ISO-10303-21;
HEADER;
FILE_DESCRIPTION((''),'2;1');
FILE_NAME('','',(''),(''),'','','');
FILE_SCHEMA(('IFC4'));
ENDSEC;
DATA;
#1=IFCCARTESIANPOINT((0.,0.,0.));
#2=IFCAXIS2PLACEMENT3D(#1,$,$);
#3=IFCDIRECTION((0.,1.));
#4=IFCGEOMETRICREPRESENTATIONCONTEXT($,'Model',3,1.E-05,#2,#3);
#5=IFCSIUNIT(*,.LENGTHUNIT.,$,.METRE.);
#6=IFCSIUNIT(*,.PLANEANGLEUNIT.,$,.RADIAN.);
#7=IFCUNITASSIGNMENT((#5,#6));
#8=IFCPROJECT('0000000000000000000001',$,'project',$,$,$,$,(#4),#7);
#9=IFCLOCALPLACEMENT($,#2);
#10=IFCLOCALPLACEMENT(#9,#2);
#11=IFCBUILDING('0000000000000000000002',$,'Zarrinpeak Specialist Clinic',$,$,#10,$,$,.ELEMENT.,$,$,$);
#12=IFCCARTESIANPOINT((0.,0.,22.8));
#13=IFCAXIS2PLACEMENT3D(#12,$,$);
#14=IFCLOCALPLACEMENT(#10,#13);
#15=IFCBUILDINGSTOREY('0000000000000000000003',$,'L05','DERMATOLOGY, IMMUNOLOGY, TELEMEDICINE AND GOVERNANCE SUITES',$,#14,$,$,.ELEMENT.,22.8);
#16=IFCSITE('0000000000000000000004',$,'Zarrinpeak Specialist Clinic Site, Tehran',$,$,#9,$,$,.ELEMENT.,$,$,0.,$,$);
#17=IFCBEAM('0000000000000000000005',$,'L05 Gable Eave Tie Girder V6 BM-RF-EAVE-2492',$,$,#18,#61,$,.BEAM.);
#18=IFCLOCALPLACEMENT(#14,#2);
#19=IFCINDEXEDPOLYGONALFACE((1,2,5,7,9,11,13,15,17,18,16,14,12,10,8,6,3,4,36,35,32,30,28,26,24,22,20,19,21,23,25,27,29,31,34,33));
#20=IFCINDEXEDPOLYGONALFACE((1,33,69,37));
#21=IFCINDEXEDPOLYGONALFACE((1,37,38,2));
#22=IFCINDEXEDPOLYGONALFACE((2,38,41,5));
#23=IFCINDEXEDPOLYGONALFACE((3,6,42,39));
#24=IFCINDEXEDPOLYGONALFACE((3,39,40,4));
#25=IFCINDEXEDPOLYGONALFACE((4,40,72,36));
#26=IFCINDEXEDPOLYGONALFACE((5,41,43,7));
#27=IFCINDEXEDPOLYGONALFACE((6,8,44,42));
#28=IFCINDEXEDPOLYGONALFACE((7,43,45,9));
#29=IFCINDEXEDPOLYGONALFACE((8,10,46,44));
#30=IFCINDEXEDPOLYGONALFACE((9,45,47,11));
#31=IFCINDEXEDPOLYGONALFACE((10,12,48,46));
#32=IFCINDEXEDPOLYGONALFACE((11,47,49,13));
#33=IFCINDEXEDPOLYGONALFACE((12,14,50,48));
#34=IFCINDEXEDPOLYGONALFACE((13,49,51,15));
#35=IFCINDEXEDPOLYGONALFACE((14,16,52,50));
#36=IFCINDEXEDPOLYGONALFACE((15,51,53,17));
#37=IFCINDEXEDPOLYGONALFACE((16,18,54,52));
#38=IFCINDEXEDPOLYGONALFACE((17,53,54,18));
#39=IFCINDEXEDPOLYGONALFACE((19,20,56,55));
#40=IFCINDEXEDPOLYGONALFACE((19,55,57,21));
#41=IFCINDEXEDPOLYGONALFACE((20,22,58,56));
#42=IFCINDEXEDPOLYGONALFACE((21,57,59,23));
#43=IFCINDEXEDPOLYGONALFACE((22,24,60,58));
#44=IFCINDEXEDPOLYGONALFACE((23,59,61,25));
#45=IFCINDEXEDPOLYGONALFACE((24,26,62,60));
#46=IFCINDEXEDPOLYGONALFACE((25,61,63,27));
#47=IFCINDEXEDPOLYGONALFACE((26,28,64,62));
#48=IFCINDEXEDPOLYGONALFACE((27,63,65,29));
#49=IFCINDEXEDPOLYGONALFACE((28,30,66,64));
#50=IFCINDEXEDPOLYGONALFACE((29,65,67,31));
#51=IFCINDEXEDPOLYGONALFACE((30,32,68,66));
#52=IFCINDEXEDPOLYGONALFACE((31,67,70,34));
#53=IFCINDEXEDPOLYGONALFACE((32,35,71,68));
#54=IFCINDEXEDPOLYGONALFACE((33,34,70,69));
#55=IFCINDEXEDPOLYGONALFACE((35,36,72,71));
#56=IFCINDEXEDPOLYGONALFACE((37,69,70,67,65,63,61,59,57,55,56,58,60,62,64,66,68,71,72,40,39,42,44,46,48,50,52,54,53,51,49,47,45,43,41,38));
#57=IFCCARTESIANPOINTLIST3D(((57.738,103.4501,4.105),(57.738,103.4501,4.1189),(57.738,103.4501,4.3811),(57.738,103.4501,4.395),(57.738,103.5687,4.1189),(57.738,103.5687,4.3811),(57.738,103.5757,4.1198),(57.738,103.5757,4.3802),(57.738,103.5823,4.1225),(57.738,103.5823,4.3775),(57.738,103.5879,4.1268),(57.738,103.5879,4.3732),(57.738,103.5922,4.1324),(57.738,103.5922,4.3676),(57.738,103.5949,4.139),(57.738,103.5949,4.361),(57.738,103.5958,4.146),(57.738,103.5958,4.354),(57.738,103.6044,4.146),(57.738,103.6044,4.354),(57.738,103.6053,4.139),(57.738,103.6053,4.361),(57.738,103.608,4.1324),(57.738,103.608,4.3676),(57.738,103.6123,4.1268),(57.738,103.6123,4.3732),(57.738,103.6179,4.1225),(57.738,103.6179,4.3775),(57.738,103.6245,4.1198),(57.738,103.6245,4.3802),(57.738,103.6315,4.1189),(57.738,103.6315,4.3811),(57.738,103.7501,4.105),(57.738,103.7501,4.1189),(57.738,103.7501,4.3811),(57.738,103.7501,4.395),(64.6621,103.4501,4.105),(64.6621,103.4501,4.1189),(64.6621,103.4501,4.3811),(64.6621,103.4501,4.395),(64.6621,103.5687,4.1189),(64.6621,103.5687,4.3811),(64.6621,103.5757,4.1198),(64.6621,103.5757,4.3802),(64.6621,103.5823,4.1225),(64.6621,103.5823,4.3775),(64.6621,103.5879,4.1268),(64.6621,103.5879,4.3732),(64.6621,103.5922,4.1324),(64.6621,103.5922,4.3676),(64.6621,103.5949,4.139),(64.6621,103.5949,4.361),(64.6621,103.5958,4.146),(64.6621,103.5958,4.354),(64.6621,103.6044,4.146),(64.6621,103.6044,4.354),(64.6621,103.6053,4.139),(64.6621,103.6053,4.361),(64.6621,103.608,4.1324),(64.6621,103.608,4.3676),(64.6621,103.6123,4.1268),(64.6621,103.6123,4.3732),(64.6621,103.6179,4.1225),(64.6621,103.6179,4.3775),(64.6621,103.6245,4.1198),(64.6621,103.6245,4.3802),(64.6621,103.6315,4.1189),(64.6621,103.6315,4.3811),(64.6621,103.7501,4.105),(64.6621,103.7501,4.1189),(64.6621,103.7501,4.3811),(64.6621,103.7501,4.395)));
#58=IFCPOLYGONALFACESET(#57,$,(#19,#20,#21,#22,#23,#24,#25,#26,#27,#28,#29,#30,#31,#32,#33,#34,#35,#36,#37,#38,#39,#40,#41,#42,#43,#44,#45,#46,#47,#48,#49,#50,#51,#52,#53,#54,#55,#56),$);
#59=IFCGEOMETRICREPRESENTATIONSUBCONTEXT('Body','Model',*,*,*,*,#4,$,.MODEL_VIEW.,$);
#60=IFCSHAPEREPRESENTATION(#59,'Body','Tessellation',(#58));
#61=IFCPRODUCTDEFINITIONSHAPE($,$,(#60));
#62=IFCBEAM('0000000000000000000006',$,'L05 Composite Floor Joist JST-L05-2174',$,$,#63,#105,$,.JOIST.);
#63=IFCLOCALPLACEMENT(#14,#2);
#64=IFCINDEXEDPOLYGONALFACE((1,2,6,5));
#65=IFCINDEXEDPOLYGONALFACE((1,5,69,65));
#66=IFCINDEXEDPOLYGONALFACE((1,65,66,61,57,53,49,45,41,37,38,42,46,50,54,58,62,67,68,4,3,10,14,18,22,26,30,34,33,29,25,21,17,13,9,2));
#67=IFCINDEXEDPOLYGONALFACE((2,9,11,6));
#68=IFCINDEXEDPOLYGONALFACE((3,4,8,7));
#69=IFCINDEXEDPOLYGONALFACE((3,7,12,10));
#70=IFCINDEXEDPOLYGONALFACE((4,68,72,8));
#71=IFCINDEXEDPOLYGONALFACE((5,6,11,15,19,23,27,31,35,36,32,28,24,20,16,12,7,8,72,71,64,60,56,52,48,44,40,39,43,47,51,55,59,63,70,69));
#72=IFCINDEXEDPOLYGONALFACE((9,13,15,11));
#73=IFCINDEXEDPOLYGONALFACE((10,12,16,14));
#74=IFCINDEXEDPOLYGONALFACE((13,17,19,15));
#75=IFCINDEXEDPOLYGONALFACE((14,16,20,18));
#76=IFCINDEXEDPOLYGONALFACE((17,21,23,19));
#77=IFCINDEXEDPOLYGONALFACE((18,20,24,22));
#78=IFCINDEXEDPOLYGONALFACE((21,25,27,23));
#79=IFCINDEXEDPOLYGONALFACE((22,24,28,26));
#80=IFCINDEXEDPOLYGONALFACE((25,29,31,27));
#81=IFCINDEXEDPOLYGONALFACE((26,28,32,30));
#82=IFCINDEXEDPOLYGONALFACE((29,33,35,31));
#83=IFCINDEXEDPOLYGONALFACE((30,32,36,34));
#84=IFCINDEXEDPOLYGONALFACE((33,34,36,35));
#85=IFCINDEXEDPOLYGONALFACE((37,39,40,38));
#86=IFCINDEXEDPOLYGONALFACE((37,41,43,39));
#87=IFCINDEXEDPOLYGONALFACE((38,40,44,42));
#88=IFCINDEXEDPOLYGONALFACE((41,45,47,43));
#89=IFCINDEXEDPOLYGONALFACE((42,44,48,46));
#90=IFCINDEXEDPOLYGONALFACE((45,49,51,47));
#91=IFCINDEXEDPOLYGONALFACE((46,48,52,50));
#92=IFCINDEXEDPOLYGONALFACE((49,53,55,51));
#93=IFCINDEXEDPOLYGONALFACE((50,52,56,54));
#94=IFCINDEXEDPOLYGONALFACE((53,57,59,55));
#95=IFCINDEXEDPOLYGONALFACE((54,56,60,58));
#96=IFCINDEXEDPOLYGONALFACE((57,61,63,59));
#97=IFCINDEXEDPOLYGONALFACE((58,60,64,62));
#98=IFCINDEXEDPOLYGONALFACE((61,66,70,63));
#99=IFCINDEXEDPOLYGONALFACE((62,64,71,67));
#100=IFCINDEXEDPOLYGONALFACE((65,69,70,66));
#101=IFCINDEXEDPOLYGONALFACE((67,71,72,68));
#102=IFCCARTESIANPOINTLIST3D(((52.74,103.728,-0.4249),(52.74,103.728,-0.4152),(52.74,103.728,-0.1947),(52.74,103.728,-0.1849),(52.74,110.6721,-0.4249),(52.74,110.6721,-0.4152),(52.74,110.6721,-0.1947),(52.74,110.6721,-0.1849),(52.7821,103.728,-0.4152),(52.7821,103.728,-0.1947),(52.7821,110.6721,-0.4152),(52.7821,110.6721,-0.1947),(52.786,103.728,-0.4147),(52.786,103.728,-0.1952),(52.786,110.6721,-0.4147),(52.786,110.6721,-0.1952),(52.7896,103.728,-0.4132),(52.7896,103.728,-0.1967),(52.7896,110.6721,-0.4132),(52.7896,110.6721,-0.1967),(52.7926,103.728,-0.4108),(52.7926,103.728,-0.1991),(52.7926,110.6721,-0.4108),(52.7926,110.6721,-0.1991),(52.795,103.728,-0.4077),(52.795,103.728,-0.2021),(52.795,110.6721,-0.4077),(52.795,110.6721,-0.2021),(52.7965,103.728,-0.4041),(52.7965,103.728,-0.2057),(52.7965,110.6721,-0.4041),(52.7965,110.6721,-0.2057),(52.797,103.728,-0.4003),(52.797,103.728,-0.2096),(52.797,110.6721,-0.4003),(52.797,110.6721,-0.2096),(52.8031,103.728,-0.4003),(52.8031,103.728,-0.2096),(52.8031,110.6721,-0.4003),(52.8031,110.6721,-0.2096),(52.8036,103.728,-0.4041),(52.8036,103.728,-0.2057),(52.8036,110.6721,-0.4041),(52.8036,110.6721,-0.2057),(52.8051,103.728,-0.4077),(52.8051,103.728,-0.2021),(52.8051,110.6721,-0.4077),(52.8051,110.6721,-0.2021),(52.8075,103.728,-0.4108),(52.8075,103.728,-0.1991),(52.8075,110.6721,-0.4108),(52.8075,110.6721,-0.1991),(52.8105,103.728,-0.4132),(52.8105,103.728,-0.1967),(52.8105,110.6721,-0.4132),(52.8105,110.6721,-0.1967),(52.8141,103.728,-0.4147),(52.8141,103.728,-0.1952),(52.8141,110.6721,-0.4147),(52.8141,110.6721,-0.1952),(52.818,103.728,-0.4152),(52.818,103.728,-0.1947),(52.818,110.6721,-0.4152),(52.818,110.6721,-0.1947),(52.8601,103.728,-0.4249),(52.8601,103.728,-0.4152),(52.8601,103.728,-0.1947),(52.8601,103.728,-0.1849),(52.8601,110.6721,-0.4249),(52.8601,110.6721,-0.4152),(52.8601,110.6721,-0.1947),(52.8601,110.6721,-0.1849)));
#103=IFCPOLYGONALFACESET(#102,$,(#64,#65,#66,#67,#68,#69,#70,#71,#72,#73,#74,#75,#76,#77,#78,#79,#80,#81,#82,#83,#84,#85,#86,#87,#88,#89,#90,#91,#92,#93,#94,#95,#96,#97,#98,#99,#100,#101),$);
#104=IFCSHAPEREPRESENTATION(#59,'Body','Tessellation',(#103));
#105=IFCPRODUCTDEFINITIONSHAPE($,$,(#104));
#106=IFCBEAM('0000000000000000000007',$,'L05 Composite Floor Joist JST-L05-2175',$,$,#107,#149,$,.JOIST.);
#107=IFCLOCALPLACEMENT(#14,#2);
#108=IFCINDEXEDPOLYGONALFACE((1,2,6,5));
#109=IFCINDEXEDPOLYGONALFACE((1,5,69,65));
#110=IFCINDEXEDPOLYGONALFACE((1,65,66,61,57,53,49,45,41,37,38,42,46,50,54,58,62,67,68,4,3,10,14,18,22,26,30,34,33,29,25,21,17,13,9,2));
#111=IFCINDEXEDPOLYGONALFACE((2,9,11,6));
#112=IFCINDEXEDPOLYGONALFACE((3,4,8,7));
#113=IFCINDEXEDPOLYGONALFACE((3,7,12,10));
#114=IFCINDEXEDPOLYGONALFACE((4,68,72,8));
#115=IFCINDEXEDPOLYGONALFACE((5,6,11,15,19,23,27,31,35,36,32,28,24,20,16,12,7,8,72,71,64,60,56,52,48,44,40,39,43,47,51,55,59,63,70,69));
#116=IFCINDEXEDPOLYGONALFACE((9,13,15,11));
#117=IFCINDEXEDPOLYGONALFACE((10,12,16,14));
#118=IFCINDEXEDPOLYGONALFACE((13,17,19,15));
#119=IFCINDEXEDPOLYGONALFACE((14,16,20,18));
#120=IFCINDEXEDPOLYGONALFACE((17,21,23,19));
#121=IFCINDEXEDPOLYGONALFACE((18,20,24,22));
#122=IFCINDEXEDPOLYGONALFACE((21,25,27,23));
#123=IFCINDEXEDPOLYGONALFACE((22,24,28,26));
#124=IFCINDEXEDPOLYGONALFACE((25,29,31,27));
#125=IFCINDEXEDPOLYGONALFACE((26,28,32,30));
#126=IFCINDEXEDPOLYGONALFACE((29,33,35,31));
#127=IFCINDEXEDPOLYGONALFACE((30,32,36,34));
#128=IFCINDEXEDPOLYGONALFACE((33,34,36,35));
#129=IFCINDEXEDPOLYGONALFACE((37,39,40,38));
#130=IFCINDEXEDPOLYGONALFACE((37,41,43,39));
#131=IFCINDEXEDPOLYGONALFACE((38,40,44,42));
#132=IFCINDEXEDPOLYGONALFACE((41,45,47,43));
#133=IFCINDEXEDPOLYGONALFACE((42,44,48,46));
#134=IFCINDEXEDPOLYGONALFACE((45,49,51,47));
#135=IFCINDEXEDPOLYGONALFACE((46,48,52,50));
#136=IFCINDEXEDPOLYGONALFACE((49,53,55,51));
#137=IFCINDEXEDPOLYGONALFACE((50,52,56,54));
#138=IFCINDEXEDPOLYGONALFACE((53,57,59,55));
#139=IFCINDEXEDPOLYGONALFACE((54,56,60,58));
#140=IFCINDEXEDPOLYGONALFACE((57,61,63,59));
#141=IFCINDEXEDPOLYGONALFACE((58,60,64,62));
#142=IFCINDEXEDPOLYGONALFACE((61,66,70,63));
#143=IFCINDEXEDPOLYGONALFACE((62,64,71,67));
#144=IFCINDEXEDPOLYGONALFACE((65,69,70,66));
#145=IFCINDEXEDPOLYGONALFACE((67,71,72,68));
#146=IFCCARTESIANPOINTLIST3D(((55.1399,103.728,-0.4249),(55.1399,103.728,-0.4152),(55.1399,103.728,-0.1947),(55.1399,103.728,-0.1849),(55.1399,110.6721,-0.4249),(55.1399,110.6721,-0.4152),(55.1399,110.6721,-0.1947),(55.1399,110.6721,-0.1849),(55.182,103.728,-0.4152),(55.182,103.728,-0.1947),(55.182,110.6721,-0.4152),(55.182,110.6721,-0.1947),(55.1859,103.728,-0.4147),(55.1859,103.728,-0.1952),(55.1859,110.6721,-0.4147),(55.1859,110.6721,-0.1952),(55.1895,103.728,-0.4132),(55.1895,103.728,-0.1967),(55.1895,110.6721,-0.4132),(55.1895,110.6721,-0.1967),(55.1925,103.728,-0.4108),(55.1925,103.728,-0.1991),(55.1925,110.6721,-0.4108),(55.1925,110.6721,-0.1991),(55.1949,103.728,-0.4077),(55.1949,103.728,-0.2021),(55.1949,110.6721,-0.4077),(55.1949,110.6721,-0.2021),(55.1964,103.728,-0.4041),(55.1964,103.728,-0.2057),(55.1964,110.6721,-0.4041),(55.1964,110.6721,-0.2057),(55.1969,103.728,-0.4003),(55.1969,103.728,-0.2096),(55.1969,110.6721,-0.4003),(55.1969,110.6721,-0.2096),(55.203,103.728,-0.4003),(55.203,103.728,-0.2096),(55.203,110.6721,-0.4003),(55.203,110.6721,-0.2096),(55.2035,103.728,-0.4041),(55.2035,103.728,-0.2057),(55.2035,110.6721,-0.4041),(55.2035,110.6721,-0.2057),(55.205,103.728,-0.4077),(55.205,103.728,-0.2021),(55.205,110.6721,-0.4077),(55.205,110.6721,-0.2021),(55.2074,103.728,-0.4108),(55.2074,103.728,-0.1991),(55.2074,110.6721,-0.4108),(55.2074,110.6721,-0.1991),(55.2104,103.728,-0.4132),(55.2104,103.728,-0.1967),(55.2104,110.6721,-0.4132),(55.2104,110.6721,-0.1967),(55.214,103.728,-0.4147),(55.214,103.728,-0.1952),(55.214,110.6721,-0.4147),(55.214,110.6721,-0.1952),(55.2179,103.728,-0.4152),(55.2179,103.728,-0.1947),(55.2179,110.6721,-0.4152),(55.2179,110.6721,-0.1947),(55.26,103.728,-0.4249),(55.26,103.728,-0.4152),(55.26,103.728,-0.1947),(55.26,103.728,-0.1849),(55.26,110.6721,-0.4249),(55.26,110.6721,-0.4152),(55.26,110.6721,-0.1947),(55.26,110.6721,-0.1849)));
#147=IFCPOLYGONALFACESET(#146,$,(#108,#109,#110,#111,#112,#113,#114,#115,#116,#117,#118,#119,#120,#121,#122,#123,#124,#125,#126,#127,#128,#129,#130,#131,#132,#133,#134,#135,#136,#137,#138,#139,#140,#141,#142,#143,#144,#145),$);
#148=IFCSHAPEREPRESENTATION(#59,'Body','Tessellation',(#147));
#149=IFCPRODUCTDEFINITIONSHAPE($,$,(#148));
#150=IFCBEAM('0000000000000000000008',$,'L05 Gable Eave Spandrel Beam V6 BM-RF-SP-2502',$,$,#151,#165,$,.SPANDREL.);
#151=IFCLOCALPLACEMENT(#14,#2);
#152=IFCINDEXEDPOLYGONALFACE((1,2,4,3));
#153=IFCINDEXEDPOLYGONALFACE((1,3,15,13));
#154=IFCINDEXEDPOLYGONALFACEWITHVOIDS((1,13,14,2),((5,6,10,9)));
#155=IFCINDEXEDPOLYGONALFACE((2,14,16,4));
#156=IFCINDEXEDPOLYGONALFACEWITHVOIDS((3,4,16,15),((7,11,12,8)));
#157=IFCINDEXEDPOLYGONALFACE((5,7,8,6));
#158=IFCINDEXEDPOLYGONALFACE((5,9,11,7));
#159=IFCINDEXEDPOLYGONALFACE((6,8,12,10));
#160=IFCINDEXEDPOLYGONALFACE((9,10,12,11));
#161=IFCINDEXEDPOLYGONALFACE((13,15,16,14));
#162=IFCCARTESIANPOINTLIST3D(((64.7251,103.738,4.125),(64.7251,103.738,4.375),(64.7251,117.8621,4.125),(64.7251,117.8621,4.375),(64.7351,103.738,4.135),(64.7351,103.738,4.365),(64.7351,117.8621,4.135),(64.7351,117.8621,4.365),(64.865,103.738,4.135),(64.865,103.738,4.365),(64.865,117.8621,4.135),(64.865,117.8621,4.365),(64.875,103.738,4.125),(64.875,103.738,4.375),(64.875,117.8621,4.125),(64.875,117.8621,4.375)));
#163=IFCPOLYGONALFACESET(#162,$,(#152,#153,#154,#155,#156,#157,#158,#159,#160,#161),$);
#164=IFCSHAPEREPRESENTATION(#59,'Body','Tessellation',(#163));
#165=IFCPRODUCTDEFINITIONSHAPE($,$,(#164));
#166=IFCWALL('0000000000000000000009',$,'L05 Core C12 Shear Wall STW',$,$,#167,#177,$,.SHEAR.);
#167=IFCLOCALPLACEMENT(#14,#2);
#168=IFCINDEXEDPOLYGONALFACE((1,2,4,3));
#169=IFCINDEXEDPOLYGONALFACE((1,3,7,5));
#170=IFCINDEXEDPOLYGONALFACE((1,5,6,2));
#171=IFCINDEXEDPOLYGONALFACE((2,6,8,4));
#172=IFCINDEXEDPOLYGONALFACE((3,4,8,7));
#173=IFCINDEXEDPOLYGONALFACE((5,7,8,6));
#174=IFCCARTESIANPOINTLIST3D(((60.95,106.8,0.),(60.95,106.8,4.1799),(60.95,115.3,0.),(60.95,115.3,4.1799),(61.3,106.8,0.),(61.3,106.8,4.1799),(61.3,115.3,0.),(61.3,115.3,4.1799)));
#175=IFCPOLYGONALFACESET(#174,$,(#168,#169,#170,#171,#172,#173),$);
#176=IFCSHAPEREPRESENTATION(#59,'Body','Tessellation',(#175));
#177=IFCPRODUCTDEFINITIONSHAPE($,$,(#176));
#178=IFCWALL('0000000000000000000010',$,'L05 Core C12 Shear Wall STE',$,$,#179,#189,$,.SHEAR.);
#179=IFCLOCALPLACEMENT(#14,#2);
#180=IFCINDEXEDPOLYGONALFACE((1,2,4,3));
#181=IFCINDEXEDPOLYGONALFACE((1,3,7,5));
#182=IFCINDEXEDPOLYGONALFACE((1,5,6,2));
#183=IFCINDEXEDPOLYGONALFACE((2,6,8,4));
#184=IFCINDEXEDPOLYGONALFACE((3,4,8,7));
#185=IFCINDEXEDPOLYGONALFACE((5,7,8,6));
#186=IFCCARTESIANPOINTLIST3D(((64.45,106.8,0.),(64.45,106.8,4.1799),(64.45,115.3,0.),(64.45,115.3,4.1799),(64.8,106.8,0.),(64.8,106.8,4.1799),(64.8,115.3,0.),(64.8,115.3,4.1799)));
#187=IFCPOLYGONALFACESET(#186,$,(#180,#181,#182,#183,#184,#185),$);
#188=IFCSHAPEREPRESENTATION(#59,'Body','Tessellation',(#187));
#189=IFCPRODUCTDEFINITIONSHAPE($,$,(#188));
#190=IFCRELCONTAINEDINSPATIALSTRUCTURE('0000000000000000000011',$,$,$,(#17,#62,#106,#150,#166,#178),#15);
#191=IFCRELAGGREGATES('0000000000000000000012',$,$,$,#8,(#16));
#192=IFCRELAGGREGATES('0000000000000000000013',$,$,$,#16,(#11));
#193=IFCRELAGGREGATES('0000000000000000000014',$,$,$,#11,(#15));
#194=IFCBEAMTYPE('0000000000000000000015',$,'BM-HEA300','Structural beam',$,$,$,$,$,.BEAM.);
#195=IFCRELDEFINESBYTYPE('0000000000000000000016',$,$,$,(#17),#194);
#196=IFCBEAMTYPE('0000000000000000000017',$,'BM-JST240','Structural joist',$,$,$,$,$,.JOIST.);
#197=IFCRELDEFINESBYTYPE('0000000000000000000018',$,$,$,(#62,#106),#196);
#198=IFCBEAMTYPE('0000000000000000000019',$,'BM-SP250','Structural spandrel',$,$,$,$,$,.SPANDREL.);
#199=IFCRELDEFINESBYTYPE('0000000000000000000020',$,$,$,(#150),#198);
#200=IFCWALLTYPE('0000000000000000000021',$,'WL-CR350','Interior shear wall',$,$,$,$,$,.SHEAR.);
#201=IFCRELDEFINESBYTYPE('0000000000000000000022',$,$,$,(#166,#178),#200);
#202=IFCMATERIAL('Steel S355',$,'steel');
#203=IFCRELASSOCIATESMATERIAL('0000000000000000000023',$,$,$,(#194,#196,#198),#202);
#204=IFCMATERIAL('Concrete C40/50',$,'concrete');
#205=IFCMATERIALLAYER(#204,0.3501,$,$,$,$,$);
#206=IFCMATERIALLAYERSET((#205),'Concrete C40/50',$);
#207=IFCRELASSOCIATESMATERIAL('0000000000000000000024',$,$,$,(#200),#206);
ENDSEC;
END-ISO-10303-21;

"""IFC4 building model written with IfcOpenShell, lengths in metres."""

from ifc_helpers import new_model, si_unit, direction, frame, frame_2d, origin, origin_2d, place, context, subcontext, project, spatial, rectangle, hollow_rectangle, i_section, extrude, material, layer, layer_set, material_profile, profile_set, type_object, element, save


model = new_model("IFC4")

# Units and contexts
model_context = context("Model", 3, precision=1e-05, world=origin(), true_north=direction((0.0, 1.0)))
body_context = subcontext(model_context, "Body", "Model", "MODEL_VIEW")
ifc_project = project(units=[si_unit("LENGTHUNIT", "METRE"), si_unit("PLANEANGLEUNIT", "RADIAN")], contexts=[model_context])

# Site, building, storey
site_placement = place(None, origin())
site = spatial("IfcSite", under=ifc_project, at=site_placement, Name="Zarrinpeak Specialist Clinic Site, Tehran", CompositionType="ELEMENT", RefElevation=0.0)
building_placement = place(site_placement, origin())
building = spatial("IfcBuilding", under=site, at=building_placement, Name="Zarrinpeak Specialist Clinic", CompositionType="ELEMENT")
storey_placement = place(building_placement, frame((0.0, 0.0, 22.8)))
storey = spatial("IfcBuildingStorey", under=building, at=storey_placement, Name="L05", Description="DERMATOLOGY, IMMUNOLOGY, TELEMEDICINE AND GOVERNANCE SUITES", CompositionType="ELEMENT", Elevation=22.8)

# Shared definitions
ifc_material_1 = material(Name="Steel S355", Category="steel")

# Beams
ifc_material_profile_1 = material_profile(ifc_material_1, i_section(OverallWidth=0.3, OverallDepth=0.29, WebThickness=0.0085, FlangeThickness=0.0139, FilletRadius=0.0271, at=origin_2d()), Name="HEA 300")
ifc_profile_set_1 = profile_set([ifc_material_profile_1], Name="Steel S355")
beam_type_1 = type_object("IfcBeamType", Name="BM-HEA300", Description="Structural beam", PredefinedType="BEAM", material=ifc_profile_set_1)
beam_1_placement = place(storey_placement, frame((57.738, 103.6001, 4.25), z_axis=(1.0, 0.0, 0.0), x_axis=(0.0, 1.0, 0.0)))
element("IfcBeam", 1, at=beam_1_placement, inside=storey, type_object=beam_type_1, Name="L05 Gable Eave Tie Girder V6 BM-RF-EAVE-2492", PredefinedType="BEAM", context=body_context, shape_type="SweptSolid", body=[
    extrude(i_section(OverallWidth=0.3, OverallDepth=0.29, WebThickness=0.0085, FlangeThickness=0.0139, FilletRadius=0.0271, at=origin_2d()), origin(), (0.0, 0.0, 1.0), 6.9241),
])
ifc_material_profile_2 = material_profile(ifc_material_1, i_section(OverallWidth=0.1201, OverallDepth=0.24, WebThickness=0.0061, FlangeThickness=0.0098, FilletRadius=0.0149, at=origin_2d()), Name="IPE 240")
ifc_profile_set_2 = profile_set([ifc_material_profile_2], Name="Steel S355")
beam_type_2 = type_object("IfcBeamType", Name="BM-JST240", Description="Structural joist", PredefinedType="JOIST", material=ifc_profile_set_2)
for number, where, z_axis, x_axis, name in (
    (2, (52.8, 103.728, -0.3049), (0.0, 1.0, 0.0), (-1.0, 0.0, 0.0), "L05 Composite Floor Joist JST-L05-2174"),
    (3, (55.2, 103.728, -0.3049), (0.0, 1.0, 0.0), (-1.0, 0.0, 0.0), "L05 Composite Floor Joist JST-L05-2175"),
):
    element("IfcBeam", number, at=place(storey_placement, frame(where, z_axis=z_axis, x_axis=x_axis)), inside=storey, type_object=beam_type_2, Name=name, PredefinedType="JOIST", context=body_context, shape_type="SweptSolid", body=[
        extrude(i_section(OverallWidth=0.1201, OverallDepth=0.24, WebThickness=0.0061, FlangeThickness=0.0098, FilletRadius=0.0149, at=origin_2d()), origin(), (0.0, 0.0, 1.0), 6.9441),
    ])
ifc_material_profile_3 = material_profile(ifc_material_1, hollow_rectangle(XDim=0.1499, YDim=0.25, WallThickness=0.01, at=origin_2d()), Name="RHS 250x150x10.0")
ifc_profile_set_3 = profile_set([ifc_material_profile_3], Name="Steel S355")
beam_type_3 = type_object("IfcBeamType", Name="BM-SP250", Description="Structural spandrel", PredefinedType="SPANDREL", material=ifc_profile_set_3)
beam_2_placement = place(storey_placement, frame((64.8, 103.738, 4.25), z_axis=(0.0, 1.0, 0.0), x_axis=(-1.0, 0.0, 0.0)))
element("IfcBeam", 4, at=beam_2_placement, inside=storey, type_object=beam_type_3, Name="L05 Gable Eave Spandrel Beam V6 BM-RF-SP-2502", PredefinedType="SPANDREL", context=body_context, shape_type="SweptSolid", body=[
    extrude(hollow_rectangle(XDim=0.1499, YDim=0.25, WallThickness=0.01, at=origin_2d()), origin(), (0.0, 0.0, 1.0), 14.124),
])

# Shared definitions
ifc_material_2 = material(Name="Concrete C40/50", Category="concrete")
ifc_layer_1 = layer(ifc_material_2, 0.3501)
ifc_layer_set_1 = layer_set([ifc_layer_1], Name="Concrete C40/50")
wall_type_1 = type_object("IfcWallType", Name="WL-CR350", Description="Interior shear wall", PredefinedType="SHEAR", material=ifc_layer_set_1)

# Walls
for number, where, z_axis, x_axis, name in (
    (5, (61.125, 106.8, 0.0), (0.0, 0.0, 1.0), (0.0, 1.0, 0.0), "L05 Core C12 Shear Wall STW"),
    (6, (64.625, 106.8, 0.0), (0.0, 0.0, 1.0), (0.0, 1.0, 0.0), "L05 Core C12 Shear Wall STE"),
):
    element("IfcWall", number, at=place(storey_placement, frame(where, z_axis=z_axis, x_axis=x_axis)), inside=storey, type_object=wall_type_1, Name=name, PredefinedType="SHEAR", context=body_context, shape_type="SweptSolid", body=[
        extrude(rectangle(XDim=8.5, YDim=0.3501, at=frame_2d((4.25, 0.0))), origin(), (0.0, 0.0, 1.0), 4.1799),
    ])

save(model, "model.ifc")
